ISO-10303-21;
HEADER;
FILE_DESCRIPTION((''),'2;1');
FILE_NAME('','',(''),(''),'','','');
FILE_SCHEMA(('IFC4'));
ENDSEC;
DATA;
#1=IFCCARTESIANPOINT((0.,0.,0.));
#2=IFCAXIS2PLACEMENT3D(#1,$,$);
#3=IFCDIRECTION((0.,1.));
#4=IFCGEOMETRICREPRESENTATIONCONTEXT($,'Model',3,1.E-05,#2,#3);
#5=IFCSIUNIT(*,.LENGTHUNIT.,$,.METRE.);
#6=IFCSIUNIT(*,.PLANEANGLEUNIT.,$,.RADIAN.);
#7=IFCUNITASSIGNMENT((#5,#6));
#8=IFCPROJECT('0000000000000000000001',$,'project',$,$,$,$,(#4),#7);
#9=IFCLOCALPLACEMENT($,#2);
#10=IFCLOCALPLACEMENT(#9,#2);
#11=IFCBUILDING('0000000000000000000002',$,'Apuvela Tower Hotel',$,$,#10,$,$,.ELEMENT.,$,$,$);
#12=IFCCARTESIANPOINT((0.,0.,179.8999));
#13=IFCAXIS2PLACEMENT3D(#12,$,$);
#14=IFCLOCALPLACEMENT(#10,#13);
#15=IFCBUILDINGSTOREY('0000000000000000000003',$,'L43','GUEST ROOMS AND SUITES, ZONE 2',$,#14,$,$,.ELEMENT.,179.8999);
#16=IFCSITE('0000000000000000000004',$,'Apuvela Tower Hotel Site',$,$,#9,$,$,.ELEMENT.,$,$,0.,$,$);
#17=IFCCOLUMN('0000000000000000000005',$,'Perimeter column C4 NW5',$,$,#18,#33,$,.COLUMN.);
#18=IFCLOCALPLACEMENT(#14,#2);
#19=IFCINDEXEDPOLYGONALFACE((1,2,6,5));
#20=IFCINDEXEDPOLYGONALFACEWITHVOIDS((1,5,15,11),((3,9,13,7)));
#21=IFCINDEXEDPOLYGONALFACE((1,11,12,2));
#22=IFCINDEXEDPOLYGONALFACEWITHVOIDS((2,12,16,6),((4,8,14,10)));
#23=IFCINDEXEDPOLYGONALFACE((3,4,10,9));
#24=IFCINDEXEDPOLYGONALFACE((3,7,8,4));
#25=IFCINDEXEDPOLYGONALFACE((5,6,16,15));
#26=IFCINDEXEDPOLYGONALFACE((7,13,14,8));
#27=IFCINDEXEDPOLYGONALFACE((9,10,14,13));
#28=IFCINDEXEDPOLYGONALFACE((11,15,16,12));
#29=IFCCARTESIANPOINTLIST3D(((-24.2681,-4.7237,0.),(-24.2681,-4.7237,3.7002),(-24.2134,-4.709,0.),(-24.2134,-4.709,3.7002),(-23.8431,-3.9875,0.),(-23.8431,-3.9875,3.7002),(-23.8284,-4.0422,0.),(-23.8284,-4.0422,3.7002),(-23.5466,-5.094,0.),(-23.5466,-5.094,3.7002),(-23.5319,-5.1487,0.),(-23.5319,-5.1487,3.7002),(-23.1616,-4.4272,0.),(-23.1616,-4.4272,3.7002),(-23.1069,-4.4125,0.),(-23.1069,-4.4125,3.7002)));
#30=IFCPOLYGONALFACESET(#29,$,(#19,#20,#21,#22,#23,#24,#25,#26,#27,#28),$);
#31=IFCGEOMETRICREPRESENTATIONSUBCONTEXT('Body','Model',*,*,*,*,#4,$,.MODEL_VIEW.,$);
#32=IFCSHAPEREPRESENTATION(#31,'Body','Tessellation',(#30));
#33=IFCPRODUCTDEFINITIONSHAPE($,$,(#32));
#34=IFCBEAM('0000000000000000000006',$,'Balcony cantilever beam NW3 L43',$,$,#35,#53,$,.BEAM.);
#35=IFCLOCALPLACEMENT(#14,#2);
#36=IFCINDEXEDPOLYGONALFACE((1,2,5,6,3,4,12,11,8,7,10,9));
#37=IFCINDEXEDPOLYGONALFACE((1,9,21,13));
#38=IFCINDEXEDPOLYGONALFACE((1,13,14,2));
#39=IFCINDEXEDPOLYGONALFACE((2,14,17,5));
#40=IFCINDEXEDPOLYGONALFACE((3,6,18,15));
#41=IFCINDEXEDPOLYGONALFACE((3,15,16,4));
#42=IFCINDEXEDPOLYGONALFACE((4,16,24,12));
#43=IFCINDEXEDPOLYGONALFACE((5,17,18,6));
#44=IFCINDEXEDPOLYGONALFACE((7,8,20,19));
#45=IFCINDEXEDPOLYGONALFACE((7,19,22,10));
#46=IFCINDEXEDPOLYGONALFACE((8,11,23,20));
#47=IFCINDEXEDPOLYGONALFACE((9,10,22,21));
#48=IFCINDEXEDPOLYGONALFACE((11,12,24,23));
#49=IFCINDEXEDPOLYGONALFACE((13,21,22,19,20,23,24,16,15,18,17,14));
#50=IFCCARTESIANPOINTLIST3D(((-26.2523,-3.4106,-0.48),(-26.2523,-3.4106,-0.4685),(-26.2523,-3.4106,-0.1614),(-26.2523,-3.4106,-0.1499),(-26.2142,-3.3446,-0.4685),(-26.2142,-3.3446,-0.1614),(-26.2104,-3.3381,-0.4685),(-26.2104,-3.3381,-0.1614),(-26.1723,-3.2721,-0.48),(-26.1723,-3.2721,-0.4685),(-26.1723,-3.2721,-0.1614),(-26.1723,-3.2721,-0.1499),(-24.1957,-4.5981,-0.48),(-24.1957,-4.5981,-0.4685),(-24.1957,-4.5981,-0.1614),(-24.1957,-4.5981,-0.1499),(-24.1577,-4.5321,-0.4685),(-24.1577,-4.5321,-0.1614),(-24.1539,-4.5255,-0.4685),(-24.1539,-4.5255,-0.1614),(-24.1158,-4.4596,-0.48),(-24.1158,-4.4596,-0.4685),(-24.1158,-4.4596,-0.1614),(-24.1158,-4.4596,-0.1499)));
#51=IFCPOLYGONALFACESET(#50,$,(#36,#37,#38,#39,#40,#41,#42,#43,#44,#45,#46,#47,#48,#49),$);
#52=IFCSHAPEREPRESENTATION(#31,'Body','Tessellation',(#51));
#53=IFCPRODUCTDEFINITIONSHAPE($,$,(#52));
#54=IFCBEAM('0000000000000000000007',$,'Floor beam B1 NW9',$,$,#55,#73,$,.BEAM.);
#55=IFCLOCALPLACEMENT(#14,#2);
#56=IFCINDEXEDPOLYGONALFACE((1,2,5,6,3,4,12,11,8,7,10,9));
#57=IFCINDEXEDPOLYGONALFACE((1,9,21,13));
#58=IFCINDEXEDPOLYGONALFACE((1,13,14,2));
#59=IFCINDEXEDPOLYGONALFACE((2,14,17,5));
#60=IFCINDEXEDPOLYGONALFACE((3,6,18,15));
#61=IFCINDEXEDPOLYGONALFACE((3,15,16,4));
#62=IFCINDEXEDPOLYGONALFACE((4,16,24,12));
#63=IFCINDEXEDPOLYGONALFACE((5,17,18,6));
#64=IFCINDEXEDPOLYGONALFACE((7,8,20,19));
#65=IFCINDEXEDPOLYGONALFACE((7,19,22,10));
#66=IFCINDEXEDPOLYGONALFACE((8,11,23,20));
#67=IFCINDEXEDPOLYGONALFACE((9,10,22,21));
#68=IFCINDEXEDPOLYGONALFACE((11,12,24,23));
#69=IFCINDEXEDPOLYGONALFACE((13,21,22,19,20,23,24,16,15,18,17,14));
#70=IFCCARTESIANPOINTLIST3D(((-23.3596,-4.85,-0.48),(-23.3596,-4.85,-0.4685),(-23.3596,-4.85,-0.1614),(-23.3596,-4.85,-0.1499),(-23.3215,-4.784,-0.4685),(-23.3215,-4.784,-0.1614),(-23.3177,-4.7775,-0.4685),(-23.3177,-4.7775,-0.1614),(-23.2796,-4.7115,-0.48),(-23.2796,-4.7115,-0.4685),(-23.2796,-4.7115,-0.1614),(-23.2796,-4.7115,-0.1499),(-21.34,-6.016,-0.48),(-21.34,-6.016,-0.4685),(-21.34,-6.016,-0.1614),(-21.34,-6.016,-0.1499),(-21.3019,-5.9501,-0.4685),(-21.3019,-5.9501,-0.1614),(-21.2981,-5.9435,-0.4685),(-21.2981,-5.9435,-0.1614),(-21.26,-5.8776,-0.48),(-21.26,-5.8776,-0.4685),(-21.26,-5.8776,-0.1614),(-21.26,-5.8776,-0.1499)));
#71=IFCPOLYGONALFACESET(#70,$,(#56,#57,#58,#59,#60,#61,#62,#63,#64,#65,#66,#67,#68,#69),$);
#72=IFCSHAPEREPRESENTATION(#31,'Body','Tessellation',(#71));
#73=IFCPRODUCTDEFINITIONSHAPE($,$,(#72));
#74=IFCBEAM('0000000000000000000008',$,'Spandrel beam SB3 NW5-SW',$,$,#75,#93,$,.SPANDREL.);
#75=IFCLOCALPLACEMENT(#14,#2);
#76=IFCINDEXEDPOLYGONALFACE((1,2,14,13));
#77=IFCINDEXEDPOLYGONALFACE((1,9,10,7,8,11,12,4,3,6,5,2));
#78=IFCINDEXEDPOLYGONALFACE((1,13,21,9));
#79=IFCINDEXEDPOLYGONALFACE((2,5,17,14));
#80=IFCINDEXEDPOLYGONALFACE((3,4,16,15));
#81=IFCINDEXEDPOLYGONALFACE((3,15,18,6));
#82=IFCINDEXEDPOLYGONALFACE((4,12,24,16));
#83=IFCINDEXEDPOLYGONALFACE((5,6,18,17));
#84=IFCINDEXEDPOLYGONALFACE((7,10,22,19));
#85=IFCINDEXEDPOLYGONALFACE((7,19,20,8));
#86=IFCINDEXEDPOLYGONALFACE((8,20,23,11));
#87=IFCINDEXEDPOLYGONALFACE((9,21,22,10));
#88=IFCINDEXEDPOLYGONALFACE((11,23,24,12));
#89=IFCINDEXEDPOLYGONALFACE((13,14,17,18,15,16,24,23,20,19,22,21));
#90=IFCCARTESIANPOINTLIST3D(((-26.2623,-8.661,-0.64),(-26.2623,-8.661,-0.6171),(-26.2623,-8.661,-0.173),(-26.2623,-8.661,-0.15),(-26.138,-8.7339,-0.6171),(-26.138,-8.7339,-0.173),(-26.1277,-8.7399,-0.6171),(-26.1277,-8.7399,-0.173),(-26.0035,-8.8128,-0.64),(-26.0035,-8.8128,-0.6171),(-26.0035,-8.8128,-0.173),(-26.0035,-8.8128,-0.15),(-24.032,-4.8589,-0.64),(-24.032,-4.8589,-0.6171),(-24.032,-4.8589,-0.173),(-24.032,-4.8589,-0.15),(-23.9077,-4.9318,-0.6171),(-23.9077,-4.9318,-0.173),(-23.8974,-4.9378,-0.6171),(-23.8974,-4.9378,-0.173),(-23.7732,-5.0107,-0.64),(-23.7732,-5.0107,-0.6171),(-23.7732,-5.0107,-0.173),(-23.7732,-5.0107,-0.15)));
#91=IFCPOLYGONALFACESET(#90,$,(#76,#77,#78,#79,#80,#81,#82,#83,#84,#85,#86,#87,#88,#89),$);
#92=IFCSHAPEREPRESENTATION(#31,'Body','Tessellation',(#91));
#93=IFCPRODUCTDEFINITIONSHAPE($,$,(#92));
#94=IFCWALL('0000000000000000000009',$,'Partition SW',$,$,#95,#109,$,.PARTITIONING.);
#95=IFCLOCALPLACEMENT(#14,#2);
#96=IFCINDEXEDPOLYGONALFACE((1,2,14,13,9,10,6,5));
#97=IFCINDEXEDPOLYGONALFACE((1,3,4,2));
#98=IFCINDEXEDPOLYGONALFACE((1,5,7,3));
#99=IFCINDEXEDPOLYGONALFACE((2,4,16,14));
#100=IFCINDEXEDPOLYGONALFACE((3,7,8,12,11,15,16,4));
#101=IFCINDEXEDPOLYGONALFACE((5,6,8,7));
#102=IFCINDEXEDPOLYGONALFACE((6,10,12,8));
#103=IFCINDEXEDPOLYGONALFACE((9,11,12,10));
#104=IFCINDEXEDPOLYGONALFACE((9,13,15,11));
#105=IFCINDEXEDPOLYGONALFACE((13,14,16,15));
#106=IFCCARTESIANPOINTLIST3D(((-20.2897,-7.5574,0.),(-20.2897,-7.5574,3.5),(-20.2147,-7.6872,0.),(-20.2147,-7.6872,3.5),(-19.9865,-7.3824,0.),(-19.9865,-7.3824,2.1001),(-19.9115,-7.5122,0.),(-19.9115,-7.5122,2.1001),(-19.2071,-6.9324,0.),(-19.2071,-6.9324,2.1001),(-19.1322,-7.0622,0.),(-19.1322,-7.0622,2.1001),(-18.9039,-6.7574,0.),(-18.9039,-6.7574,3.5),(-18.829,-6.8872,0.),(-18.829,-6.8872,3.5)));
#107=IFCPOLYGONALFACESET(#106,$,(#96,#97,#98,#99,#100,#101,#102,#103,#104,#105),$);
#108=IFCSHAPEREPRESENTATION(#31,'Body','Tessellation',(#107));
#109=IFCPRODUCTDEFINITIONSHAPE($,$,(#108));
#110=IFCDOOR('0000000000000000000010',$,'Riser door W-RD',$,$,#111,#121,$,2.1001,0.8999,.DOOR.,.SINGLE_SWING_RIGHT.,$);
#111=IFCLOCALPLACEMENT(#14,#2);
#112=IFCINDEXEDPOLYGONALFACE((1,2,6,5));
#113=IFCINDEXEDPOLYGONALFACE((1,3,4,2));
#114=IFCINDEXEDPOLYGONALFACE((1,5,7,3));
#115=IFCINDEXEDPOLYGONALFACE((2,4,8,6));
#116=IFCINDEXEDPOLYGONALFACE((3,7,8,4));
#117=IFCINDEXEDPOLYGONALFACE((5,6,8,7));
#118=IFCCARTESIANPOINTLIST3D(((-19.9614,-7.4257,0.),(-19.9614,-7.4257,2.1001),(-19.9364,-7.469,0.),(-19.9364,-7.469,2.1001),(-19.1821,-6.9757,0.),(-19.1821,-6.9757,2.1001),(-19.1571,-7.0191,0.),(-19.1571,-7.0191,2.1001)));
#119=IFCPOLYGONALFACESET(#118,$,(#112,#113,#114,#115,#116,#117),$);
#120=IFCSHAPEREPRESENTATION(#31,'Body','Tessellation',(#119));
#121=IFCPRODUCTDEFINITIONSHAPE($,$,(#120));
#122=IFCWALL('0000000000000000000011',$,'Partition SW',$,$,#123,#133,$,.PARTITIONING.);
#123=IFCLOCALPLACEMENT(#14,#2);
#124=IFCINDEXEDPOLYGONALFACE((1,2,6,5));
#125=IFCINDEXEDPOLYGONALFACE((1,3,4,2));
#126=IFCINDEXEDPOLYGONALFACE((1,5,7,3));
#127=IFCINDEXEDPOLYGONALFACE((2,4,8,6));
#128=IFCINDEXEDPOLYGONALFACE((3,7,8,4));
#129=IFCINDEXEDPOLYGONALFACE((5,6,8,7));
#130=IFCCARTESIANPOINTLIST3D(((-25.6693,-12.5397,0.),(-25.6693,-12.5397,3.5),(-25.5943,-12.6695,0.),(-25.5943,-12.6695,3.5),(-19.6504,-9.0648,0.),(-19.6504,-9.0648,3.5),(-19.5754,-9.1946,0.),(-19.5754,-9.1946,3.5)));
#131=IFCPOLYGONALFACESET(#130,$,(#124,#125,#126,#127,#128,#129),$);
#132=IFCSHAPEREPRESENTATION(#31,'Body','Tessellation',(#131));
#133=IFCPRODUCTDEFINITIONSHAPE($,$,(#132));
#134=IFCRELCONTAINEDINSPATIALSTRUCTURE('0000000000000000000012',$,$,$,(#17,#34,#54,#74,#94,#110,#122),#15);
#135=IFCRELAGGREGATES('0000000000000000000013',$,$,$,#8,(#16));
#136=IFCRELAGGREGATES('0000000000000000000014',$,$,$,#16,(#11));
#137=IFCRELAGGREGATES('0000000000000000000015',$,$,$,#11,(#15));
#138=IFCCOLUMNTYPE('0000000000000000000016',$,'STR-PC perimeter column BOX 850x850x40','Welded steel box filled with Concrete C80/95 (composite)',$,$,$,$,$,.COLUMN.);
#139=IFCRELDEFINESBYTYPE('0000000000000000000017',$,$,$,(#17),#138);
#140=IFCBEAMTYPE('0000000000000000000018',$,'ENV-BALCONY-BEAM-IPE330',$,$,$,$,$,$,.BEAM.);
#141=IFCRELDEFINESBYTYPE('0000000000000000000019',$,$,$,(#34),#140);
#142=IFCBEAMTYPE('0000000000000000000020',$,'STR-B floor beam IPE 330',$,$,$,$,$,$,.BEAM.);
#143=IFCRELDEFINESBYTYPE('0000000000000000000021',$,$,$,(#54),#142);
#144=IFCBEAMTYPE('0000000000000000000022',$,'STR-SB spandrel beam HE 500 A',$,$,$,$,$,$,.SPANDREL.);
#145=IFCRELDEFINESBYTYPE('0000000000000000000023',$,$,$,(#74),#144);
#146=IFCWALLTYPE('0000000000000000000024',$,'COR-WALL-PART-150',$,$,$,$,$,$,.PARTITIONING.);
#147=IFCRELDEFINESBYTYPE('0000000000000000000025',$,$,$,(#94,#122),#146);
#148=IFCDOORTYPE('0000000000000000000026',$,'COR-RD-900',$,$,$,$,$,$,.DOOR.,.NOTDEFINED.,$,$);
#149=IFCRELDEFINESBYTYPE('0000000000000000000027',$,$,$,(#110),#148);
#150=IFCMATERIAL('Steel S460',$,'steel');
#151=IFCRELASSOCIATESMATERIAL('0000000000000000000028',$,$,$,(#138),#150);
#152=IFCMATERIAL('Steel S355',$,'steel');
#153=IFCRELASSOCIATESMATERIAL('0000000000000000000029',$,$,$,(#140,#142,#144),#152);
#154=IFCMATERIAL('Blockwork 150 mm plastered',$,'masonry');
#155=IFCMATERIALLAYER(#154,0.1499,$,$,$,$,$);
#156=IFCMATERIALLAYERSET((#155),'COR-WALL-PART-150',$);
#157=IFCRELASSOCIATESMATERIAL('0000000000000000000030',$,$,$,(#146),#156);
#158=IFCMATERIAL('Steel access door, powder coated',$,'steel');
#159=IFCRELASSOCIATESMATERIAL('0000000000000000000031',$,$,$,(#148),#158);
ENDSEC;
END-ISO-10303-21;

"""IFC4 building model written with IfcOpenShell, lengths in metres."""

from ifc_helpers import new_model, si_unit, direction, frame, frame_2d, origin, origin_2d, place, context, subcontext, project, spatial, rectangle, hollow_rectangle, i_section, extrude, material, layer, layer_set, material_profile, profile_set, type_object, element, fill, save


model = new_model("IFC4")

# Units and contexts
model_context = context("Model", 3, precision=1e-05, world=origin(), true_north=direction((0.0, 1.0)))
body_context = subcontext(model_context, "Body", "Model", "MODEL_VIEW")
ifc_project = project(units=[si_unit("LENGTHUNIT", "METRE"), si_unit("PLANEANGLEUNIT", "RADIAN")], contexts=[model_context])

# Site, building, storey
site_placement = place(None, origin())
site = spatial("IfcSite", under=ifc_project, at=site_placement, Name="Apuvela Tower Hotel Site", CompositionType="ELEMENT", RefElevation=0.0)
building_placement = place(site_placement, origin())
building = spatial("IfcBuilding", under=site, at=building_placement, Name="Apuvela Tower Hotel", CompositionType="ELEMENT")
storey_placement = place(building_placement, frame((0.0, 0.0, 179.8999)))
storey = spatial("IfcBuildingStorey", under=building, at=storey_placement, Name="L43", Description="GUEST ROOMS AND SUITES, ZONE 2", CompositionType="ELEMENT", Elevation=179.8999)

# Column
ifc_material_1 = material(Name="Steel S460", Category="steel")
ifc_material_profile_1 = material_profile(ifc_material_1, hollow_rectangle(XDim=0.8501, YDim=0.8501, WallThickness=0.04, at=origin_2d()), Name="BOX 850x850x40")
ifc_material_2 = material(Name="Concrete C80/95", Category="concrete")
ifc_material_profile_2 = material_profile(ifc_material_2, rectangle(XDim=0.77, YDim=0.77, at=origin_2d()), Name="Concrete C80/95 infill")
ifc_profile_set_1 = profile_set([ifc_material_profile_1, ifc_material_profile_2], Name="Steel S460")
column_type = type_object("IfcColumnType", Name="STR-PC perimeter column BOX 850x850x40", Description="Welded steel box filled with Concrete C80/95 (composite)", PredefinedType="COLUMN", material=ifc_profile_set_1)
column_placement = place(storey_placement, frame((-23.6875, -4.5681, 0.0), z_axis=(0.0, 0.0, 1.0), x_axis=(0.5, 0.866025, 0.0)))
element("IfcColumn", 1, at=column_placement, inside=storey, type_object=column_type, Name="Perimeter column C4 NW5", PredefinedType="COLUMN", context=body_context, shape_type="SweptSolid", body=[
    extrude(hollow_rectangle(XDim=0.8501, YDim=0.8501, WallThickness=0.04, at=origin_2d()), origin(), (0.0, 0.0, 1.0), 3.7002),
])

# Beams
ifc_material_3 = material(Name="Steel S355", Category="steel")
ifc_material_profile_3 = material_profile(ifc_material_3, i_section(OverallWidth=0.1599, OverallDepth=0.3301, WebThickness=0.0076, FlangeThickness=0.0115, at=origin_2d()), Name="IPE 330")
ifc_profile_set_2 = profile_set([ifc_material_profile_3], Name="Steel S355")
beam_type_1 = type_object("IfcBeamType", Name="ENV-BALCONY-BEAM-IPE330", PredefinedType="BEAM", material=ifc_profile_set_2)
beam_1_placement = place(storey_placement, frame((-24.1558, -4.5288, -0.3149), z_axis=(-0.866008, 0.500031, 0.0), x_axis=(-0.500031, -0.866008, 0.0)))
element("IfcBeam", 2, at=beam_1_placement, inside=storey, type_object=beam_type_1, Name="Balcony cantilever beam NW3 L43", PredefinedType="BEAM", context=body_context, shape_type="SweptSolid", body=[
    extrude(i_section(OverallWidth=0.1599, OverallDepth=0.3301, WebThickness=0.0076, FlangeThickness=0.0115, at=origin_2d()), origin(), (0.0, 0.0, 1.0), 2.3748),
])
ifc_material_profile_4 = material_profile(ifc_material_3, i_section(OverallWidth=0.1599, OverallDepth=0.3301, WebThickness=0.0076, FlangeThickness=0.0115, at=origin_2d()), Name="IPE 330")
ifc_profile_set_3 = profile_set([ifc_material_profile_4], Name="Steel S355")
beam_type_2 = type_object("IfcBeamType", Name="STR-B floor beam IPE 330", PredefinedType="BEAM", material=ifc_profile_set_3)
beam_2_placement = place(storey_placement, frame((-23.3196, -4.7808, -0.3149), z_axis=(0.866018, -0.500012, 0.0), x_axis=(0.500012, 0.866018, 0.0)))
element("IfcBeam", 3, at=beam_2_placement, inside=storey, type_object=beam_type_2, Name="Floor beam B1 NW9", PredefinedType="BEAM", context=body_context, shape_type="SweptSolid", body=[
    extrude(i_section(OverallWidth=0.1599, OverallDepth=0.3301, WebThickness=0.0076, FlangeThickness=0.0115, at=origin_2d()), origin(), (0.0, 0.0, 1.0), 2.332),
])
ifc_material_profile_5 = material_profile(ifc_material_3, i_section(OverallWidth=0.3, OverallDepth=0.49, WebThickness=0.012, FlangeThickness=0.0229, at=origin_2d()), Name="HE 500 A")
ifc_profile_set_4 = profile_set([ifc_material_profile_5], Name="Steel S355")
beam_type_3 = type_object("IfcBeamType", Name="STR-SB spandrel beam HE 500 A", PredefinedType="SPANDREL", material=ifc_profile_set_4)
beam_3_placement = place(storey_placement, frame((-23.9026, -4.9348, -0.395), z_axis=(-0.505967, -0.862553, 0.0), x_axis=(0.862553, -0.505967, 0.0)))
element("IfcBeam", 4, at=beam_3_placement, inside=storey, type_object=beam_type_3, Name="Spandrel beam SB3 NW5-SW", PredefinedType="SPANDREL", context=body_context, shape_type="SweptSolid", body=[
    extrude(i_section(OverallWidth=0.3, OverallDepth=0.49, WebThickness=0.012, FlangeThickness=0.0229, at=origin_2d()), origin(), (0.0, 0.0, 1.0), 4.408),
])

# Wall, opening, door
ifc_material_4 = material(Name="Blockwork 150 mm plastered", Category="masonry")
ifc_layer_1 = layer(ifc_material_4, 0.1499)
ifc_layer_set_1 = layer_set([ifc_layer_1], Name="COR-WALL-PART-150")
wall_type_1 = type_object("IfcWallType", Name="COR-WALL-PART-150", PredefinedType="PARTITIONING", material=ifc_layer_set_1)
wall_1_placement = place(storey_placement, frame((-18.8665, -6.8223, 0.0), z_axis=(0.0, 0.0, 1.0), x_axis=(-0.866028, -0.499995, 0.0)))
wall_1 = element("IfcWall", 5, at=wall_1_placement, inside=storey, type_object=wall_type_1, Name="Partition SW", PredefinedType="PARTITIONING", context=body_context, shape_type="SweptSolid", body=[
    extrude(rectangle(XDim=1.6001, YDim=0.1499, at=frame_2d((0.8, 0.0))), origin(), (0.0, 0.0, 1.0), 3.5),
])
opening_1_placement = place(wall_1_placement, frame((0.3501, 0.0, 0.0)))
opening_1 = element("IfcOpeningElement", 6, at=opening_1_placement, cuts=wall_1, PredefinedType="OPENING", context=body_context, shape_type="SweptSolid", body=[
    extrude(rectangle(XDim=0.8999, YDim=2.1001, at=frame_2d((0.45, 1.05))), frame((0.0, 0.085, 0.0), z_axis=(0.0, -1.0, 0.0), x_axis=(1.0, 0.0, 0.0)), (0.0, 0.0, 1.0), 0.1699),
])
ifc_material_5 = material(Name="Steel access door, powder coated", Category="steel")
door_type_1 = type_object("IfcDoorType", Name="COR-RD-900", OperationType="NOTDEFINED", PredefinedType="DOOR", material=ifc_material_5)
door_1_placement = place(opening_1_placement, frame((0.8999, 0.0, 0.0), z_axis=(0.0, 0.0, 1.0), x_axis=(-1.0, 0.0, 0.0)))
door_1 = element("IfcDoor", 7, at=door_1_placement, inside=storey, type_object=door_type_1, Name="Riser door W-RD", OperationType="SINGLE_SWING_RIGHT", OverallHeight=2.1001, OverallWidth=0.8999, PredefinedType="DOOR", context=body_context, shape_type="SweptSolid", body=[
    extrude(rectangle(XDim=0.8999, YDim=2.1001, at=frame_2d((0.45, 1.05))), frame((0.0, 0.0249, 0.0), z_axis=(0.0, -1.0, 0.0), x_axis=(1.0, 0.0, 0.0)), (0.0, 0.0, 1.0), 0.05),
])
fill(opening_1, door_1)

# Wall
wall_2_placement = place(storey_placement, frame((-19.6128, -9.1296, 0.0), z_axis=(0.0, 0.0, 1.0), x_axis=(-0.866032, -0.499989, 0.0)))
element("IfcWall", 8, at=wall_2_placement, inside=storey, type_object=wall_type_1, Name="Partition SW", PredefinedType="PARTITIONING", context=body_context, shape_type="SweptSolid", body=[
    extrude(rectangle(XDim=6.95, YDim=0.1499, at=frame_2d((3.4751, 0.0))), origin(), (0.0, 0.0, 1.0), 3.5),
])

save(model, "model.ifc")
